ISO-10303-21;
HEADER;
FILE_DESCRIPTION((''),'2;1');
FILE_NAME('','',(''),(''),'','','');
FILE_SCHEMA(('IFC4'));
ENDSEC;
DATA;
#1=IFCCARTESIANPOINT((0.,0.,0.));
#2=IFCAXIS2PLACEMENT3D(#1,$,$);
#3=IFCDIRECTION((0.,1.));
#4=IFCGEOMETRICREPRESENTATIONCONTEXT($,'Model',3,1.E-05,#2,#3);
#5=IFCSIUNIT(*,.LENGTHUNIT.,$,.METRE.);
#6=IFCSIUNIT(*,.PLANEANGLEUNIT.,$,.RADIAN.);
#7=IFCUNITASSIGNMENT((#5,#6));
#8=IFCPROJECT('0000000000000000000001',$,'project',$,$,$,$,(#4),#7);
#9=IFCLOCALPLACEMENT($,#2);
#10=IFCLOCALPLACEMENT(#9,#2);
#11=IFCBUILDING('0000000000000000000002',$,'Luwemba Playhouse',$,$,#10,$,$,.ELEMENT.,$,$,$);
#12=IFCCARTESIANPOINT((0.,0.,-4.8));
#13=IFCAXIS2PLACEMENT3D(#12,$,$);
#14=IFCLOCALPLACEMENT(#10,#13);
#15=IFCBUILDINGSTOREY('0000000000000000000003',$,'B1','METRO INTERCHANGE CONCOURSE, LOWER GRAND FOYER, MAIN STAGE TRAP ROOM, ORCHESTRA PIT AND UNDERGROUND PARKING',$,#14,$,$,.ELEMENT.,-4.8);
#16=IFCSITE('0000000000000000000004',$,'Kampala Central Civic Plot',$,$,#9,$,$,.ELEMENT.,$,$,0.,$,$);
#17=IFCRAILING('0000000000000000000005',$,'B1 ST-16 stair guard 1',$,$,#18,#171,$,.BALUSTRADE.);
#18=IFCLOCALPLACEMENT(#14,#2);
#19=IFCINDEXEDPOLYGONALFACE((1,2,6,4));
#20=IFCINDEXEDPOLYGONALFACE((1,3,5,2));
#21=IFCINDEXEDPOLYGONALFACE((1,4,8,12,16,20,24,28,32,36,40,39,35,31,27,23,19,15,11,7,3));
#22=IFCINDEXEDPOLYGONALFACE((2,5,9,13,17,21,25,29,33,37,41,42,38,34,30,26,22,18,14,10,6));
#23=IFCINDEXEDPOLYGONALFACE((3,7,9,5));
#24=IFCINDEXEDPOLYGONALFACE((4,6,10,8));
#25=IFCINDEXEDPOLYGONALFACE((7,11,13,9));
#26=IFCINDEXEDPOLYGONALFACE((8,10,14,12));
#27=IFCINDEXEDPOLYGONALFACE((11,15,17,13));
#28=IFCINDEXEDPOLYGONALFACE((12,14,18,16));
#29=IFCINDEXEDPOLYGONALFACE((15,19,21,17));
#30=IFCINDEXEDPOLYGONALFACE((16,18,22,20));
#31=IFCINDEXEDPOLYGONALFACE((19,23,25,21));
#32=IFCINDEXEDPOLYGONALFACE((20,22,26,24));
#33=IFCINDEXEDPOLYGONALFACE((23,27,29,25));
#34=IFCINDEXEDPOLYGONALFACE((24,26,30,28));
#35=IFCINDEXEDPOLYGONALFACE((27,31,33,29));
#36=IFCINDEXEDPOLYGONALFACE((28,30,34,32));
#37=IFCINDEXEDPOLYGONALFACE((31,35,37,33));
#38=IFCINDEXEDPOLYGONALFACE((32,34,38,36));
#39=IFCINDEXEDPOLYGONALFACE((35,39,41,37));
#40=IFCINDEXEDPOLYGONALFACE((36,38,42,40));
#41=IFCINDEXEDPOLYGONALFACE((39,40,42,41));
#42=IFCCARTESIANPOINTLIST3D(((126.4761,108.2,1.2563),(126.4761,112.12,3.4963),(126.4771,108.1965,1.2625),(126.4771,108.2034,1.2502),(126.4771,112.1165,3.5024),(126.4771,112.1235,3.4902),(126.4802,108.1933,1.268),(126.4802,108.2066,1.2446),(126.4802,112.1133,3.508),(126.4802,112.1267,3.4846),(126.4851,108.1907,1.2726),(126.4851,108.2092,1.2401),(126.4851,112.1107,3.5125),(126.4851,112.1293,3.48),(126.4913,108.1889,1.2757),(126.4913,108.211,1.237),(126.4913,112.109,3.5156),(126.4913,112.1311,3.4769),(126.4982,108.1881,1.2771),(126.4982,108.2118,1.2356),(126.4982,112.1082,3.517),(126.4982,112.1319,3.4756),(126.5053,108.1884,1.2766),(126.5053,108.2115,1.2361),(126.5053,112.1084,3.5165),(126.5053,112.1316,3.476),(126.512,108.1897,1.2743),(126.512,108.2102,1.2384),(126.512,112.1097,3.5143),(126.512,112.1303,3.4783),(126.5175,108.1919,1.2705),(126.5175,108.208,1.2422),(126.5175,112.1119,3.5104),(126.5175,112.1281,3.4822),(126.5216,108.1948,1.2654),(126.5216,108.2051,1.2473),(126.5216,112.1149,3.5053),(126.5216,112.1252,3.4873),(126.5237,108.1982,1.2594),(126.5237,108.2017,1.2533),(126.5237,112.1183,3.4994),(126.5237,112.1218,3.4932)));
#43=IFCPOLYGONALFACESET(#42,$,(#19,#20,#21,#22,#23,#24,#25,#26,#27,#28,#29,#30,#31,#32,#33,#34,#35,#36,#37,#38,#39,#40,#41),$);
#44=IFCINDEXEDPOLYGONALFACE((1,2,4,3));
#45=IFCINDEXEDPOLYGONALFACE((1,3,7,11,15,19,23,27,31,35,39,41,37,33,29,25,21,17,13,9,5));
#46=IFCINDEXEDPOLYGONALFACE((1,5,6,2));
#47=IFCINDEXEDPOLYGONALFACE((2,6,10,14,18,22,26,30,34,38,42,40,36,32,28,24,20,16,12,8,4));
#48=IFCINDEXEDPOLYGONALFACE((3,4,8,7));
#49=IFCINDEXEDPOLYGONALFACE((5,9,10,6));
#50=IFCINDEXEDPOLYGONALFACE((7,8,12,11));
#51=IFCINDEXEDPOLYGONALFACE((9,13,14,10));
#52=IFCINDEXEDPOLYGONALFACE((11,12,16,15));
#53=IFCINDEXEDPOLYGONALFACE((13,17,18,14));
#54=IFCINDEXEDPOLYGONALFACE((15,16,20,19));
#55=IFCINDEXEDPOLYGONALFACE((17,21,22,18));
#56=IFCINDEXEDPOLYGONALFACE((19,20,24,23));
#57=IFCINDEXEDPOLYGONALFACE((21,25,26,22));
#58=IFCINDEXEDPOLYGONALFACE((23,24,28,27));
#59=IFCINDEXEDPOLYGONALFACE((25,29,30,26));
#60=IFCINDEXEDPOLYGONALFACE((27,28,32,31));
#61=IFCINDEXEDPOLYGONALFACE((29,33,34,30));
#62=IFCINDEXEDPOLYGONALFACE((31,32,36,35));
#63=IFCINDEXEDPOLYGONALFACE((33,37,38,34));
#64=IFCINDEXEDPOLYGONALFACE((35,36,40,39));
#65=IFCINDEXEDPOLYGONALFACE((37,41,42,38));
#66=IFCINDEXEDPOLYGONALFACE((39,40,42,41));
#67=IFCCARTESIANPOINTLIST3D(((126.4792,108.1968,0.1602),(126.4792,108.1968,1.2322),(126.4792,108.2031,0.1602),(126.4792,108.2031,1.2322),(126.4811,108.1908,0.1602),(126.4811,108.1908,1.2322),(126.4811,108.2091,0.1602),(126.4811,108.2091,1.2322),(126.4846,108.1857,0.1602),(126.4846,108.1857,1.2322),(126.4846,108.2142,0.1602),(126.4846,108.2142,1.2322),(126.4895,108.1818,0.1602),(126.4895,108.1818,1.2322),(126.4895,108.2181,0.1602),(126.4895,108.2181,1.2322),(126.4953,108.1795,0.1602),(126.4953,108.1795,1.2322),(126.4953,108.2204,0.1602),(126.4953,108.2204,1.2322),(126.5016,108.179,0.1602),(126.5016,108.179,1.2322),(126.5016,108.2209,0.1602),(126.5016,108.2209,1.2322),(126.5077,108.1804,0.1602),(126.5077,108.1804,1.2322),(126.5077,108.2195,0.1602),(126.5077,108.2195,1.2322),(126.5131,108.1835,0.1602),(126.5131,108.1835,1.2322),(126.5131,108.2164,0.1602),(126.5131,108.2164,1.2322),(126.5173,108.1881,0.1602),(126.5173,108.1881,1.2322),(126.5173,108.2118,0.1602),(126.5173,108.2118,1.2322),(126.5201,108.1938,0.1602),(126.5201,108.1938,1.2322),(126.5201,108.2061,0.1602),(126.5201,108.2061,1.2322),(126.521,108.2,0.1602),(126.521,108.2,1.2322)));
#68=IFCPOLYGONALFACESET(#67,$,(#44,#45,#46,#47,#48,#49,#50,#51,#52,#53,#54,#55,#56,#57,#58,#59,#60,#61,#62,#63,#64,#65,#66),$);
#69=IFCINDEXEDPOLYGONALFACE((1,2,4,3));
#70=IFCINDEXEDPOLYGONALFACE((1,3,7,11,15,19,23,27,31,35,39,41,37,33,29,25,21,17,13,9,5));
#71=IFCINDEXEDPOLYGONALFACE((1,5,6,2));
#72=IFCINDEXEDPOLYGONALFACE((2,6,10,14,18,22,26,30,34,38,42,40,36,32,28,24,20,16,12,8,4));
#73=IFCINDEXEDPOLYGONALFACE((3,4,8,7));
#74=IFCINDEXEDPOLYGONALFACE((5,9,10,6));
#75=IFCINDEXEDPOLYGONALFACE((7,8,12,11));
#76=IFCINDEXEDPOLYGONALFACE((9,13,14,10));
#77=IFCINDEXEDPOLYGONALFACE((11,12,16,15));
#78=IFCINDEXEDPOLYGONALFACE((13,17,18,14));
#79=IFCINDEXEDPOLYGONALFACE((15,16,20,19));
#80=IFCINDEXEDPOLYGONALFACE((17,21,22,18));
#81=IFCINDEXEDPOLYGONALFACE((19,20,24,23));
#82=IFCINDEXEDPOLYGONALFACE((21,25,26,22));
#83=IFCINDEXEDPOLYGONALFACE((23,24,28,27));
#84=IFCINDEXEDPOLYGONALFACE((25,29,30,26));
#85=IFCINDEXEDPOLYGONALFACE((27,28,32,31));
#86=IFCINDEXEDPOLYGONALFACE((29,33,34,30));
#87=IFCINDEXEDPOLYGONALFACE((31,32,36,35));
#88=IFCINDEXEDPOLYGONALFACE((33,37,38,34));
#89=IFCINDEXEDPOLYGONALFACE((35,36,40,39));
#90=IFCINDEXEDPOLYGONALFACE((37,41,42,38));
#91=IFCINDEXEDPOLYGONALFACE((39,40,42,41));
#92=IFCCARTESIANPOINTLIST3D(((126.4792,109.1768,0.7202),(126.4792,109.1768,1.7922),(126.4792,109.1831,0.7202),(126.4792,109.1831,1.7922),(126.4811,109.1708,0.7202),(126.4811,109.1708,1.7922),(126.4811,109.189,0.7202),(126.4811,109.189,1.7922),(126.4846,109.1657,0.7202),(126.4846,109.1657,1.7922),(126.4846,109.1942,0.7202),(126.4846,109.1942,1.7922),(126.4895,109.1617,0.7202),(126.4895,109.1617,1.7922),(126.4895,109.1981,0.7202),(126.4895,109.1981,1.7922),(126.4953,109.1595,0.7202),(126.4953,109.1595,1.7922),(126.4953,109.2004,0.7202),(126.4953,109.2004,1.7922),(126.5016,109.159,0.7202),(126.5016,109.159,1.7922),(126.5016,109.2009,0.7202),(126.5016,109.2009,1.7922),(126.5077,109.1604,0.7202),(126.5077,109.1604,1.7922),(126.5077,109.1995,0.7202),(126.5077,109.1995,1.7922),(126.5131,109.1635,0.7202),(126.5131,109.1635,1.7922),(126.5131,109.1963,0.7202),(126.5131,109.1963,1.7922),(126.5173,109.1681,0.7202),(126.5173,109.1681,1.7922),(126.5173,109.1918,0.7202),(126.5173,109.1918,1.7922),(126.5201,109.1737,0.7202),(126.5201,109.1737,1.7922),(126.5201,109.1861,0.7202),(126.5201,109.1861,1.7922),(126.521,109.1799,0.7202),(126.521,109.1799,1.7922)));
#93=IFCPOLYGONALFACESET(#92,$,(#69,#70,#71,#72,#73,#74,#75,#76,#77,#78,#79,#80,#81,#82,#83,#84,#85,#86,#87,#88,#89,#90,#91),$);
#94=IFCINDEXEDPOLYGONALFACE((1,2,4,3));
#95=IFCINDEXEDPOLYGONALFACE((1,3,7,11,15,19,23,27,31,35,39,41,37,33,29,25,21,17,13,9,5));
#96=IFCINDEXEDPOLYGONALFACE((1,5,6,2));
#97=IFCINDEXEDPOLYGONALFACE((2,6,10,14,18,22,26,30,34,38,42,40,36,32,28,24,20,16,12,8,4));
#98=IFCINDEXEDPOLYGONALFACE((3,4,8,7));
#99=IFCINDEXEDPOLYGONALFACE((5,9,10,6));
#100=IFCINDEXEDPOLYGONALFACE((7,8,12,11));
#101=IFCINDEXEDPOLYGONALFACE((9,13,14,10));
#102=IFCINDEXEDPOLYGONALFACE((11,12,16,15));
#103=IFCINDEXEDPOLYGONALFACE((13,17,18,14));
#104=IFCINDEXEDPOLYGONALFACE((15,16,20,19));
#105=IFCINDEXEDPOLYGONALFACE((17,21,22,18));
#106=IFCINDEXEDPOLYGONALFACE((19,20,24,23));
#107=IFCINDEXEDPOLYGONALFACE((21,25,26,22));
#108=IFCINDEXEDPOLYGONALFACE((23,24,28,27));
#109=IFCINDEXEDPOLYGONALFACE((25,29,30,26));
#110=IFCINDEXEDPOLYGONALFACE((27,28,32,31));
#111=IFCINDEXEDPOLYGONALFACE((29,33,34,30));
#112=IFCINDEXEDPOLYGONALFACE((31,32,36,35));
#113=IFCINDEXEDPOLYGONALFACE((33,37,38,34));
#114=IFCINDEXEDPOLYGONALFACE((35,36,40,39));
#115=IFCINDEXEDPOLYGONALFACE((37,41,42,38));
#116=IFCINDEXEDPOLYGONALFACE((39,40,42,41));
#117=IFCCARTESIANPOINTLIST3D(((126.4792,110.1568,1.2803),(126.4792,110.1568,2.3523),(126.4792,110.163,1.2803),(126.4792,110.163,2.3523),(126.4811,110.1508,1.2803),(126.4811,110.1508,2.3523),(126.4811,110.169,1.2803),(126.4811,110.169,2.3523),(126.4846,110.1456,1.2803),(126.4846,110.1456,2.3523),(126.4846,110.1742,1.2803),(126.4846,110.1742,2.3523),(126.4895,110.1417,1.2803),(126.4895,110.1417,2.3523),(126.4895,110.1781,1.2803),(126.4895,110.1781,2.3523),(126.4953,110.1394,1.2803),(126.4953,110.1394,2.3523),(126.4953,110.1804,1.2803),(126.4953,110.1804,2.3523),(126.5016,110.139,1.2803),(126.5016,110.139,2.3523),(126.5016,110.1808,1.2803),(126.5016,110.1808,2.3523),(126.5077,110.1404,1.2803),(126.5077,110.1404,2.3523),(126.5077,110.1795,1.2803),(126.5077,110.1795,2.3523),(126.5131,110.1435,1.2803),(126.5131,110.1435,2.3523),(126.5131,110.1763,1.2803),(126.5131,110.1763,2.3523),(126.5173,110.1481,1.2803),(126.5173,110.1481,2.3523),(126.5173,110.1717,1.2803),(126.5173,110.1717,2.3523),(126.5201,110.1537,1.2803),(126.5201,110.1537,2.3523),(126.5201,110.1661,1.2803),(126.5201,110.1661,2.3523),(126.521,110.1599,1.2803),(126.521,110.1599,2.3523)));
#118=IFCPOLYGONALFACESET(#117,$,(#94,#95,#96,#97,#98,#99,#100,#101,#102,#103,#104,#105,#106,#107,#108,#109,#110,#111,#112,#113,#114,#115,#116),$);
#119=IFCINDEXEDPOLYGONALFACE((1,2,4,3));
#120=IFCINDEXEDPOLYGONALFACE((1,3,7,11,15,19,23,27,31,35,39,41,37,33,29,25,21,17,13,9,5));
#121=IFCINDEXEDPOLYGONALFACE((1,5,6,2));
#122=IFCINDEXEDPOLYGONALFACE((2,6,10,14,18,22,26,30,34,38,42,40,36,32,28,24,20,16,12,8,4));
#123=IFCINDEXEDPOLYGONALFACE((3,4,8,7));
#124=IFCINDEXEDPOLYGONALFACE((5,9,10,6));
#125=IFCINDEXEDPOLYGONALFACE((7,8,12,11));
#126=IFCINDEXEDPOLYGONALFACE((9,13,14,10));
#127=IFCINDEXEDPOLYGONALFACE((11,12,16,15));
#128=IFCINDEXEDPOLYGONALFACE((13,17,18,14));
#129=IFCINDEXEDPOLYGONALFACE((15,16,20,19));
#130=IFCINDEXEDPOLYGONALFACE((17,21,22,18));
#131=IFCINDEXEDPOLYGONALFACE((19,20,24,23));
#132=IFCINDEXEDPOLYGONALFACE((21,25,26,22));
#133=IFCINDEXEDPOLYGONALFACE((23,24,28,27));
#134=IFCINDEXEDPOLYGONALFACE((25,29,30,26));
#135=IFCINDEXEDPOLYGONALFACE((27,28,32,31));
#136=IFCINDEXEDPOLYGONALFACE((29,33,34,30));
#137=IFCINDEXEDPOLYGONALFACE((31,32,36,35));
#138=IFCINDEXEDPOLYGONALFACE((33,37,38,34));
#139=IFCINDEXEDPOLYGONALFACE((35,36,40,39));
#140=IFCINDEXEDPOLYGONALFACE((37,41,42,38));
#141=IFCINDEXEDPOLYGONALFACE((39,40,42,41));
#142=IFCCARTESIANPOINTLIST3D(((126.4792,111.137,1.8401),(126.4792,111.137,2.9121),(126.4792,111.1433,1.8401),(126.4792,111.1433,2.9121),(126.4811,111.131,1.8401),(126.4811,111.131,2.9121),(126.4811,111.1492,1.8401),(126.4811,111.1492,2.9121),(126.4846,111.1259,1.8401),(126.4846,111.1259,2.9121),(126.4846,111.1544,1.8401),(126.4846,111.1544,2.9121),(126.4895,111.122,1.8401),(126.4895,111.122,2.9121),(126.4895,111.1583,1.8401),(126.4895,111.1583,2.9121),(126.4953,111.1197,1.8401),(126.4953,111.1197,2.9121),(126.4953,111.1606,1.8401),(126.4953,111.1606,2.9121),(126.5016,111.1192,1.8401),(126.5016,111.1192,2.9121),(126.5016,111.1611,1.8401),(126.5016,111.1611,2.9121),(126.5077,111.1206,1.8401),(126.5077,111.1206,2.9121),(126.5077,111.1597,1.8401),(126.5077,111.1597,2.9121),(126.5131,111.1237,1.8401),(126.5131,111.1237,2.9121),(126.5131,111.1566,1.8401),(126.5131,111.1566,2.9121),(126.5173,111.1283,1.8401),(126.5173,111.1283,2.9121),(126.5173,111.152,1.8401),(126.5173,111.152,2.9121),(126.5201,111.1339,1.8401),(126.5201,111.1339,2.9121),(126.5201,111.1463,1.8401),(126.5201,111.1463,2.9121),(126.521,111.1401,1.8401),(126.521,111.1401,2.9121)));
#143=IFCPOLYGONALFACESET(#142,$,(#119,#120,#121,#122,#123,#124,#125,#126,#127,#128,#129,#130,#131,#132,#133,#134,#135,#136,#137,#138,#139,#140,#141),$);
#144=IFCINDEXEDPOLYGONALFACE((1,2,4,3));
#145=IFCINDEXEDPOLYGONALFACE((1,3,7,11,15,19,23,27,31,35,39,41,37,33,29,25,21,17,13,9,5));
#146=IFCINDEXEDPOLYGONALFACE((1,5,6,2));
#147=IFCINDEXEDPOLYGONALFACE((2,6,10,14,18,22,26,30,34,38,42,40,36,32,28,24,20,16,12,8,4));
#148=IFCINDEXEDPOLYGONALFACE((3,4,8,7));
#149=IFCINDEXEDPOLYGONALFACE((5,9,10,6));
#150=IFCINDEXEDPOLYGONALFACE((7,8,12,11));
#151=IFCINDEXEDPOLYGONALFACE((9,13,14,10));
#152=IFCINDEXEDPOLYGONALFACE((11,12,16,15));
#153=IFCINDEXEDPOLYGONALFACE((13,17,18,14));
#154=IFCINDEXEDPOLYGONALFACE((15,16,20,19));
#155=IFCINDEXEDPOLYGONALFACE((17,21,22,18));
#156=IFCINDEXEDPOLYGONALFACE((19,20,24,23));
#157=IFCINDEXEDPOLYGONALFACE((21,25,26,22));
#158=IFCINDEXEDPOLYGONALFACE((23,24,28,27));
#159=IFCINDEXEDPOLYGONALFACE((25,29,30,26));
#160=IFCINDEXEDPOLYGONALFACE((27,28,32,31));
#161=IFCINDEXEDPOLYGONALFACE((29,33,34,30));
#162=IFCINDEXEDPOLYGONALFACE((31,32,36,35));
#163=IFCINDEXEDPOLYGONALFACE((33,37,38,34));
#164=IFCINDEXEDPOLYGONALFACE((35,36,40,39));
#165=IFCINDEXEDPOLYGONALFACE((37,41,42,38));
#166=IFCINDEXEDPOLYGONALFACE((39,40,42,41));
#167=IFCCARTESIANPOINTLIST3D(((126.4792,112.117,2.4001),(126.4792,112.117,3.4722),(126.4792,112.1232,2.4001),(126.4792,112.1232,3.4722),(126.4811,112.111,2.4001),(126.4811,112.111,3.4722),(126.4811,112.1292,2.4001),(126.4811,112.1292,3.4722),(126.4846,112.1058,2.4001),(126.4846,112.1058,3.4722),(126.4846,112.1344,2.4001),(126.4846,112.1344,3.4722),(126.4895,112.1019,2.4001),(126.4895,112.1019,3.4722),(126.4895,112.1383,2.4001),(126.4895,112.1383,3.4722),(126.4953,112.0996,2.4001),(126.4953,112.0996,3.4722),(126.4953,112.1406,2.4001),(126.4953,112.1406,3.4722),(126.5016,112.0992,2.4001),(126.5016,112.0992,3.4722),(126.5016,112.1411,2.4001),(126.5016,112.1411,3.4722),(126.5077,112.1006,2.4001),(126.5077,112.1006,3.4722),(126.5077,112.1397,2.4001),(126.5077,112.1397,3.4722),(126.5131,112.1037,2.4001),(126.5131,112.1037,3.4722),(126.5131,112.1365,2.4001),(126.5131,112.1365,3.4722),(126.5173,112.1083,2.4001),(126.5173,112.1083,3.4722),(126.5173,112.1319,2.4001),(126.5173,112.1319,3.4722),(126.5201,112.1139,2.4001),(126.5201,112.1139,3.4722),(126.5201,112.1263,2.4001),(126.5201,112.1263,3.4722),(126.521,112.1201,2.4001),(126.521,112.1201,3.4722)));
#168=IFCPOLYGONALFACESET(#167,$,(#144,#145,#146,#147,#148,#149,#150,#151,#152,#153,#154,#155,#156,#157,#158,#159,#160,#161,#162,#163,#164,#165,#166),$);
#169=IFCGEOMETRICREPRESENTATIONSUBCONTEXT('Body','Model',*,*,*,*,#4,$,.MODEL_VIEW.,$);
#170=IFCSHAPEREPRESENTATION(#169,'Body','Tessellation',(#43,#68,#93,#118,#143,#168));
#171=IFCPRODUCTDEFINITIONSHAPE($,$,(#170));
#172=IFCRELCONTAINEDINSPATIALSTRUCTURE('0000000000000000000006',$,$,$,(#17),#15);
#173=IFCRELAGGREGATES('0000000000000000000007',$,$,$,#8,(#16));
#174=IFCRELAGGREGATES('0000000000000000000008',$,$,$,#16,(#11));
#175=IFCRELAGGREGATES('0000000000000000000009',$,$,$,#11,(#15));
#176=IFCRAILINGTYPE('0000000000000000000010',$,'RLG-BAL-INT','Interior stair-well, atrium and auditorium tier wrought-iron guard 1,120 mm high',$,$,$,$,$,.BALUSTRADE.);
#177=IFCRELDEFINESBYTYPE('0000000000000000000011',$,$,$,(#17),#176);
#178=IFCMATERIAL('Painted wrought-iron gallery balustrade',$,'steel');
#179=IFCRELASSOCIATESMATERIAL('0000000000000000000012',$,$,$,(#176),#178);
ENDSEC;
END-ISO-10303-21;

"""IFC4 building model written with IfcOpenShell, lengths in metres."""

from ifc_helpers import new_model, si_unit, direction, frame, origin, origin_2d, place, context, subcontext, project, spatial, circle, extrude, material, type_object, element, save


model = new_model("IFC4")

# Units and contexts
model_context = context("Model", 3, precision=1e-05, world=origin(), true_north=direction((0.0, 1.0)))
body_context = subcontext(model_context, "Body", "Model", "MODEL_VIEW")
ifc_project = project(units=[si_unit("LENGTHUNIT", "METRE"), si_unit("PLANEANGLEUNIT", "RADIAN")], contexts=[model_context])

# Site, building, storey
site_placement = place(None, origin())
site = spatial("IfcSite", under=ifc_project, at=site_placement, Name="Kampala Central Civic Plot", CompositionType="ELEMENT", RefElevation=0.0)
building_placement = place(site_placement, origin())
building = spatial("IfcBuilding", under=site, at=building_placement, Name="Luwemba Playhouse", CompositionType="ELEMENT")
storey_placement = place(building_placement, frame((0.0, 0.0, -4.8)))
storey = spatial("IfcBuildingStorey", under=building, at=storey_placement, Name="B1", Description="METRO INTERCHANGE CONCOURSE, LOWER GRAND FOYER, MAIN STAGE TRAP ROOM, ORCHESTRA PIT AND UNDERGROUND PARKING", CompositionType="ELEMENT", Elevation=-4.8)

# Railing
ifc_material_1 = material(Name="Painted wrought-iron gallery balustrade", Category="steel")
railing_type_1 = type_object("IfcRailingType", Name="RLG-BAL-INT", Description="Interior stair-well, atrium and auditorium tier wrought-iron guard 1,120 mm high", PredefinedType="BALUSTRADE", material=ifc_material_1)
railing_1_placement = place(storey_placement, frame((126.5, 108.2, 0.1602)))
element("IfcRailing", 1, at=railing_1_placement, inside=storey, type_object=railing_type_1, Name="B1 ST-16 stair guard 1", PredefinedType="BALUSTRADE", context=body_context, shape_type="SweptSolid", body=[
    extrude(circle(Radius=0.0239, at=origin_2d()), frame((0.0, 0.0, 1.0962), z_axis=(0.0, 0.868253, 0.496121), x_axis=(-1.0, 0.0, 0.0)), (0.0, 0.0, 1.0), 4.5149),
    extrude(circle(Radius=0.021, at=origin_2d()), origin(), (0.0, 0.0, 1.0), 1.072),
    extrude(circle(Radius=0.021, at=origin_2d()), frame((0.0, 0.98, 0.5601)), (0.0, 0.0, 1.0), 1.072),
    extrude(circle(Radius=0.021, at=origin_2d()), frame((0.0, 1.96, 1.1201)), (0.0, 0.0, 1.0), 1.072),
    extrude(circle(Radius=0.021, at=origin_2d()), frame((0.0, 2.9402, 1.6799)), (0.0, 0.0, 1.0), 1.072),
    extrude(circle(Radius=0.021, at=origin_2d()), frame((0.0, 3.9202, 2.24)), (0.0, 0.0, 1.0), 1.072),
])

save(model, "model.ifc")
